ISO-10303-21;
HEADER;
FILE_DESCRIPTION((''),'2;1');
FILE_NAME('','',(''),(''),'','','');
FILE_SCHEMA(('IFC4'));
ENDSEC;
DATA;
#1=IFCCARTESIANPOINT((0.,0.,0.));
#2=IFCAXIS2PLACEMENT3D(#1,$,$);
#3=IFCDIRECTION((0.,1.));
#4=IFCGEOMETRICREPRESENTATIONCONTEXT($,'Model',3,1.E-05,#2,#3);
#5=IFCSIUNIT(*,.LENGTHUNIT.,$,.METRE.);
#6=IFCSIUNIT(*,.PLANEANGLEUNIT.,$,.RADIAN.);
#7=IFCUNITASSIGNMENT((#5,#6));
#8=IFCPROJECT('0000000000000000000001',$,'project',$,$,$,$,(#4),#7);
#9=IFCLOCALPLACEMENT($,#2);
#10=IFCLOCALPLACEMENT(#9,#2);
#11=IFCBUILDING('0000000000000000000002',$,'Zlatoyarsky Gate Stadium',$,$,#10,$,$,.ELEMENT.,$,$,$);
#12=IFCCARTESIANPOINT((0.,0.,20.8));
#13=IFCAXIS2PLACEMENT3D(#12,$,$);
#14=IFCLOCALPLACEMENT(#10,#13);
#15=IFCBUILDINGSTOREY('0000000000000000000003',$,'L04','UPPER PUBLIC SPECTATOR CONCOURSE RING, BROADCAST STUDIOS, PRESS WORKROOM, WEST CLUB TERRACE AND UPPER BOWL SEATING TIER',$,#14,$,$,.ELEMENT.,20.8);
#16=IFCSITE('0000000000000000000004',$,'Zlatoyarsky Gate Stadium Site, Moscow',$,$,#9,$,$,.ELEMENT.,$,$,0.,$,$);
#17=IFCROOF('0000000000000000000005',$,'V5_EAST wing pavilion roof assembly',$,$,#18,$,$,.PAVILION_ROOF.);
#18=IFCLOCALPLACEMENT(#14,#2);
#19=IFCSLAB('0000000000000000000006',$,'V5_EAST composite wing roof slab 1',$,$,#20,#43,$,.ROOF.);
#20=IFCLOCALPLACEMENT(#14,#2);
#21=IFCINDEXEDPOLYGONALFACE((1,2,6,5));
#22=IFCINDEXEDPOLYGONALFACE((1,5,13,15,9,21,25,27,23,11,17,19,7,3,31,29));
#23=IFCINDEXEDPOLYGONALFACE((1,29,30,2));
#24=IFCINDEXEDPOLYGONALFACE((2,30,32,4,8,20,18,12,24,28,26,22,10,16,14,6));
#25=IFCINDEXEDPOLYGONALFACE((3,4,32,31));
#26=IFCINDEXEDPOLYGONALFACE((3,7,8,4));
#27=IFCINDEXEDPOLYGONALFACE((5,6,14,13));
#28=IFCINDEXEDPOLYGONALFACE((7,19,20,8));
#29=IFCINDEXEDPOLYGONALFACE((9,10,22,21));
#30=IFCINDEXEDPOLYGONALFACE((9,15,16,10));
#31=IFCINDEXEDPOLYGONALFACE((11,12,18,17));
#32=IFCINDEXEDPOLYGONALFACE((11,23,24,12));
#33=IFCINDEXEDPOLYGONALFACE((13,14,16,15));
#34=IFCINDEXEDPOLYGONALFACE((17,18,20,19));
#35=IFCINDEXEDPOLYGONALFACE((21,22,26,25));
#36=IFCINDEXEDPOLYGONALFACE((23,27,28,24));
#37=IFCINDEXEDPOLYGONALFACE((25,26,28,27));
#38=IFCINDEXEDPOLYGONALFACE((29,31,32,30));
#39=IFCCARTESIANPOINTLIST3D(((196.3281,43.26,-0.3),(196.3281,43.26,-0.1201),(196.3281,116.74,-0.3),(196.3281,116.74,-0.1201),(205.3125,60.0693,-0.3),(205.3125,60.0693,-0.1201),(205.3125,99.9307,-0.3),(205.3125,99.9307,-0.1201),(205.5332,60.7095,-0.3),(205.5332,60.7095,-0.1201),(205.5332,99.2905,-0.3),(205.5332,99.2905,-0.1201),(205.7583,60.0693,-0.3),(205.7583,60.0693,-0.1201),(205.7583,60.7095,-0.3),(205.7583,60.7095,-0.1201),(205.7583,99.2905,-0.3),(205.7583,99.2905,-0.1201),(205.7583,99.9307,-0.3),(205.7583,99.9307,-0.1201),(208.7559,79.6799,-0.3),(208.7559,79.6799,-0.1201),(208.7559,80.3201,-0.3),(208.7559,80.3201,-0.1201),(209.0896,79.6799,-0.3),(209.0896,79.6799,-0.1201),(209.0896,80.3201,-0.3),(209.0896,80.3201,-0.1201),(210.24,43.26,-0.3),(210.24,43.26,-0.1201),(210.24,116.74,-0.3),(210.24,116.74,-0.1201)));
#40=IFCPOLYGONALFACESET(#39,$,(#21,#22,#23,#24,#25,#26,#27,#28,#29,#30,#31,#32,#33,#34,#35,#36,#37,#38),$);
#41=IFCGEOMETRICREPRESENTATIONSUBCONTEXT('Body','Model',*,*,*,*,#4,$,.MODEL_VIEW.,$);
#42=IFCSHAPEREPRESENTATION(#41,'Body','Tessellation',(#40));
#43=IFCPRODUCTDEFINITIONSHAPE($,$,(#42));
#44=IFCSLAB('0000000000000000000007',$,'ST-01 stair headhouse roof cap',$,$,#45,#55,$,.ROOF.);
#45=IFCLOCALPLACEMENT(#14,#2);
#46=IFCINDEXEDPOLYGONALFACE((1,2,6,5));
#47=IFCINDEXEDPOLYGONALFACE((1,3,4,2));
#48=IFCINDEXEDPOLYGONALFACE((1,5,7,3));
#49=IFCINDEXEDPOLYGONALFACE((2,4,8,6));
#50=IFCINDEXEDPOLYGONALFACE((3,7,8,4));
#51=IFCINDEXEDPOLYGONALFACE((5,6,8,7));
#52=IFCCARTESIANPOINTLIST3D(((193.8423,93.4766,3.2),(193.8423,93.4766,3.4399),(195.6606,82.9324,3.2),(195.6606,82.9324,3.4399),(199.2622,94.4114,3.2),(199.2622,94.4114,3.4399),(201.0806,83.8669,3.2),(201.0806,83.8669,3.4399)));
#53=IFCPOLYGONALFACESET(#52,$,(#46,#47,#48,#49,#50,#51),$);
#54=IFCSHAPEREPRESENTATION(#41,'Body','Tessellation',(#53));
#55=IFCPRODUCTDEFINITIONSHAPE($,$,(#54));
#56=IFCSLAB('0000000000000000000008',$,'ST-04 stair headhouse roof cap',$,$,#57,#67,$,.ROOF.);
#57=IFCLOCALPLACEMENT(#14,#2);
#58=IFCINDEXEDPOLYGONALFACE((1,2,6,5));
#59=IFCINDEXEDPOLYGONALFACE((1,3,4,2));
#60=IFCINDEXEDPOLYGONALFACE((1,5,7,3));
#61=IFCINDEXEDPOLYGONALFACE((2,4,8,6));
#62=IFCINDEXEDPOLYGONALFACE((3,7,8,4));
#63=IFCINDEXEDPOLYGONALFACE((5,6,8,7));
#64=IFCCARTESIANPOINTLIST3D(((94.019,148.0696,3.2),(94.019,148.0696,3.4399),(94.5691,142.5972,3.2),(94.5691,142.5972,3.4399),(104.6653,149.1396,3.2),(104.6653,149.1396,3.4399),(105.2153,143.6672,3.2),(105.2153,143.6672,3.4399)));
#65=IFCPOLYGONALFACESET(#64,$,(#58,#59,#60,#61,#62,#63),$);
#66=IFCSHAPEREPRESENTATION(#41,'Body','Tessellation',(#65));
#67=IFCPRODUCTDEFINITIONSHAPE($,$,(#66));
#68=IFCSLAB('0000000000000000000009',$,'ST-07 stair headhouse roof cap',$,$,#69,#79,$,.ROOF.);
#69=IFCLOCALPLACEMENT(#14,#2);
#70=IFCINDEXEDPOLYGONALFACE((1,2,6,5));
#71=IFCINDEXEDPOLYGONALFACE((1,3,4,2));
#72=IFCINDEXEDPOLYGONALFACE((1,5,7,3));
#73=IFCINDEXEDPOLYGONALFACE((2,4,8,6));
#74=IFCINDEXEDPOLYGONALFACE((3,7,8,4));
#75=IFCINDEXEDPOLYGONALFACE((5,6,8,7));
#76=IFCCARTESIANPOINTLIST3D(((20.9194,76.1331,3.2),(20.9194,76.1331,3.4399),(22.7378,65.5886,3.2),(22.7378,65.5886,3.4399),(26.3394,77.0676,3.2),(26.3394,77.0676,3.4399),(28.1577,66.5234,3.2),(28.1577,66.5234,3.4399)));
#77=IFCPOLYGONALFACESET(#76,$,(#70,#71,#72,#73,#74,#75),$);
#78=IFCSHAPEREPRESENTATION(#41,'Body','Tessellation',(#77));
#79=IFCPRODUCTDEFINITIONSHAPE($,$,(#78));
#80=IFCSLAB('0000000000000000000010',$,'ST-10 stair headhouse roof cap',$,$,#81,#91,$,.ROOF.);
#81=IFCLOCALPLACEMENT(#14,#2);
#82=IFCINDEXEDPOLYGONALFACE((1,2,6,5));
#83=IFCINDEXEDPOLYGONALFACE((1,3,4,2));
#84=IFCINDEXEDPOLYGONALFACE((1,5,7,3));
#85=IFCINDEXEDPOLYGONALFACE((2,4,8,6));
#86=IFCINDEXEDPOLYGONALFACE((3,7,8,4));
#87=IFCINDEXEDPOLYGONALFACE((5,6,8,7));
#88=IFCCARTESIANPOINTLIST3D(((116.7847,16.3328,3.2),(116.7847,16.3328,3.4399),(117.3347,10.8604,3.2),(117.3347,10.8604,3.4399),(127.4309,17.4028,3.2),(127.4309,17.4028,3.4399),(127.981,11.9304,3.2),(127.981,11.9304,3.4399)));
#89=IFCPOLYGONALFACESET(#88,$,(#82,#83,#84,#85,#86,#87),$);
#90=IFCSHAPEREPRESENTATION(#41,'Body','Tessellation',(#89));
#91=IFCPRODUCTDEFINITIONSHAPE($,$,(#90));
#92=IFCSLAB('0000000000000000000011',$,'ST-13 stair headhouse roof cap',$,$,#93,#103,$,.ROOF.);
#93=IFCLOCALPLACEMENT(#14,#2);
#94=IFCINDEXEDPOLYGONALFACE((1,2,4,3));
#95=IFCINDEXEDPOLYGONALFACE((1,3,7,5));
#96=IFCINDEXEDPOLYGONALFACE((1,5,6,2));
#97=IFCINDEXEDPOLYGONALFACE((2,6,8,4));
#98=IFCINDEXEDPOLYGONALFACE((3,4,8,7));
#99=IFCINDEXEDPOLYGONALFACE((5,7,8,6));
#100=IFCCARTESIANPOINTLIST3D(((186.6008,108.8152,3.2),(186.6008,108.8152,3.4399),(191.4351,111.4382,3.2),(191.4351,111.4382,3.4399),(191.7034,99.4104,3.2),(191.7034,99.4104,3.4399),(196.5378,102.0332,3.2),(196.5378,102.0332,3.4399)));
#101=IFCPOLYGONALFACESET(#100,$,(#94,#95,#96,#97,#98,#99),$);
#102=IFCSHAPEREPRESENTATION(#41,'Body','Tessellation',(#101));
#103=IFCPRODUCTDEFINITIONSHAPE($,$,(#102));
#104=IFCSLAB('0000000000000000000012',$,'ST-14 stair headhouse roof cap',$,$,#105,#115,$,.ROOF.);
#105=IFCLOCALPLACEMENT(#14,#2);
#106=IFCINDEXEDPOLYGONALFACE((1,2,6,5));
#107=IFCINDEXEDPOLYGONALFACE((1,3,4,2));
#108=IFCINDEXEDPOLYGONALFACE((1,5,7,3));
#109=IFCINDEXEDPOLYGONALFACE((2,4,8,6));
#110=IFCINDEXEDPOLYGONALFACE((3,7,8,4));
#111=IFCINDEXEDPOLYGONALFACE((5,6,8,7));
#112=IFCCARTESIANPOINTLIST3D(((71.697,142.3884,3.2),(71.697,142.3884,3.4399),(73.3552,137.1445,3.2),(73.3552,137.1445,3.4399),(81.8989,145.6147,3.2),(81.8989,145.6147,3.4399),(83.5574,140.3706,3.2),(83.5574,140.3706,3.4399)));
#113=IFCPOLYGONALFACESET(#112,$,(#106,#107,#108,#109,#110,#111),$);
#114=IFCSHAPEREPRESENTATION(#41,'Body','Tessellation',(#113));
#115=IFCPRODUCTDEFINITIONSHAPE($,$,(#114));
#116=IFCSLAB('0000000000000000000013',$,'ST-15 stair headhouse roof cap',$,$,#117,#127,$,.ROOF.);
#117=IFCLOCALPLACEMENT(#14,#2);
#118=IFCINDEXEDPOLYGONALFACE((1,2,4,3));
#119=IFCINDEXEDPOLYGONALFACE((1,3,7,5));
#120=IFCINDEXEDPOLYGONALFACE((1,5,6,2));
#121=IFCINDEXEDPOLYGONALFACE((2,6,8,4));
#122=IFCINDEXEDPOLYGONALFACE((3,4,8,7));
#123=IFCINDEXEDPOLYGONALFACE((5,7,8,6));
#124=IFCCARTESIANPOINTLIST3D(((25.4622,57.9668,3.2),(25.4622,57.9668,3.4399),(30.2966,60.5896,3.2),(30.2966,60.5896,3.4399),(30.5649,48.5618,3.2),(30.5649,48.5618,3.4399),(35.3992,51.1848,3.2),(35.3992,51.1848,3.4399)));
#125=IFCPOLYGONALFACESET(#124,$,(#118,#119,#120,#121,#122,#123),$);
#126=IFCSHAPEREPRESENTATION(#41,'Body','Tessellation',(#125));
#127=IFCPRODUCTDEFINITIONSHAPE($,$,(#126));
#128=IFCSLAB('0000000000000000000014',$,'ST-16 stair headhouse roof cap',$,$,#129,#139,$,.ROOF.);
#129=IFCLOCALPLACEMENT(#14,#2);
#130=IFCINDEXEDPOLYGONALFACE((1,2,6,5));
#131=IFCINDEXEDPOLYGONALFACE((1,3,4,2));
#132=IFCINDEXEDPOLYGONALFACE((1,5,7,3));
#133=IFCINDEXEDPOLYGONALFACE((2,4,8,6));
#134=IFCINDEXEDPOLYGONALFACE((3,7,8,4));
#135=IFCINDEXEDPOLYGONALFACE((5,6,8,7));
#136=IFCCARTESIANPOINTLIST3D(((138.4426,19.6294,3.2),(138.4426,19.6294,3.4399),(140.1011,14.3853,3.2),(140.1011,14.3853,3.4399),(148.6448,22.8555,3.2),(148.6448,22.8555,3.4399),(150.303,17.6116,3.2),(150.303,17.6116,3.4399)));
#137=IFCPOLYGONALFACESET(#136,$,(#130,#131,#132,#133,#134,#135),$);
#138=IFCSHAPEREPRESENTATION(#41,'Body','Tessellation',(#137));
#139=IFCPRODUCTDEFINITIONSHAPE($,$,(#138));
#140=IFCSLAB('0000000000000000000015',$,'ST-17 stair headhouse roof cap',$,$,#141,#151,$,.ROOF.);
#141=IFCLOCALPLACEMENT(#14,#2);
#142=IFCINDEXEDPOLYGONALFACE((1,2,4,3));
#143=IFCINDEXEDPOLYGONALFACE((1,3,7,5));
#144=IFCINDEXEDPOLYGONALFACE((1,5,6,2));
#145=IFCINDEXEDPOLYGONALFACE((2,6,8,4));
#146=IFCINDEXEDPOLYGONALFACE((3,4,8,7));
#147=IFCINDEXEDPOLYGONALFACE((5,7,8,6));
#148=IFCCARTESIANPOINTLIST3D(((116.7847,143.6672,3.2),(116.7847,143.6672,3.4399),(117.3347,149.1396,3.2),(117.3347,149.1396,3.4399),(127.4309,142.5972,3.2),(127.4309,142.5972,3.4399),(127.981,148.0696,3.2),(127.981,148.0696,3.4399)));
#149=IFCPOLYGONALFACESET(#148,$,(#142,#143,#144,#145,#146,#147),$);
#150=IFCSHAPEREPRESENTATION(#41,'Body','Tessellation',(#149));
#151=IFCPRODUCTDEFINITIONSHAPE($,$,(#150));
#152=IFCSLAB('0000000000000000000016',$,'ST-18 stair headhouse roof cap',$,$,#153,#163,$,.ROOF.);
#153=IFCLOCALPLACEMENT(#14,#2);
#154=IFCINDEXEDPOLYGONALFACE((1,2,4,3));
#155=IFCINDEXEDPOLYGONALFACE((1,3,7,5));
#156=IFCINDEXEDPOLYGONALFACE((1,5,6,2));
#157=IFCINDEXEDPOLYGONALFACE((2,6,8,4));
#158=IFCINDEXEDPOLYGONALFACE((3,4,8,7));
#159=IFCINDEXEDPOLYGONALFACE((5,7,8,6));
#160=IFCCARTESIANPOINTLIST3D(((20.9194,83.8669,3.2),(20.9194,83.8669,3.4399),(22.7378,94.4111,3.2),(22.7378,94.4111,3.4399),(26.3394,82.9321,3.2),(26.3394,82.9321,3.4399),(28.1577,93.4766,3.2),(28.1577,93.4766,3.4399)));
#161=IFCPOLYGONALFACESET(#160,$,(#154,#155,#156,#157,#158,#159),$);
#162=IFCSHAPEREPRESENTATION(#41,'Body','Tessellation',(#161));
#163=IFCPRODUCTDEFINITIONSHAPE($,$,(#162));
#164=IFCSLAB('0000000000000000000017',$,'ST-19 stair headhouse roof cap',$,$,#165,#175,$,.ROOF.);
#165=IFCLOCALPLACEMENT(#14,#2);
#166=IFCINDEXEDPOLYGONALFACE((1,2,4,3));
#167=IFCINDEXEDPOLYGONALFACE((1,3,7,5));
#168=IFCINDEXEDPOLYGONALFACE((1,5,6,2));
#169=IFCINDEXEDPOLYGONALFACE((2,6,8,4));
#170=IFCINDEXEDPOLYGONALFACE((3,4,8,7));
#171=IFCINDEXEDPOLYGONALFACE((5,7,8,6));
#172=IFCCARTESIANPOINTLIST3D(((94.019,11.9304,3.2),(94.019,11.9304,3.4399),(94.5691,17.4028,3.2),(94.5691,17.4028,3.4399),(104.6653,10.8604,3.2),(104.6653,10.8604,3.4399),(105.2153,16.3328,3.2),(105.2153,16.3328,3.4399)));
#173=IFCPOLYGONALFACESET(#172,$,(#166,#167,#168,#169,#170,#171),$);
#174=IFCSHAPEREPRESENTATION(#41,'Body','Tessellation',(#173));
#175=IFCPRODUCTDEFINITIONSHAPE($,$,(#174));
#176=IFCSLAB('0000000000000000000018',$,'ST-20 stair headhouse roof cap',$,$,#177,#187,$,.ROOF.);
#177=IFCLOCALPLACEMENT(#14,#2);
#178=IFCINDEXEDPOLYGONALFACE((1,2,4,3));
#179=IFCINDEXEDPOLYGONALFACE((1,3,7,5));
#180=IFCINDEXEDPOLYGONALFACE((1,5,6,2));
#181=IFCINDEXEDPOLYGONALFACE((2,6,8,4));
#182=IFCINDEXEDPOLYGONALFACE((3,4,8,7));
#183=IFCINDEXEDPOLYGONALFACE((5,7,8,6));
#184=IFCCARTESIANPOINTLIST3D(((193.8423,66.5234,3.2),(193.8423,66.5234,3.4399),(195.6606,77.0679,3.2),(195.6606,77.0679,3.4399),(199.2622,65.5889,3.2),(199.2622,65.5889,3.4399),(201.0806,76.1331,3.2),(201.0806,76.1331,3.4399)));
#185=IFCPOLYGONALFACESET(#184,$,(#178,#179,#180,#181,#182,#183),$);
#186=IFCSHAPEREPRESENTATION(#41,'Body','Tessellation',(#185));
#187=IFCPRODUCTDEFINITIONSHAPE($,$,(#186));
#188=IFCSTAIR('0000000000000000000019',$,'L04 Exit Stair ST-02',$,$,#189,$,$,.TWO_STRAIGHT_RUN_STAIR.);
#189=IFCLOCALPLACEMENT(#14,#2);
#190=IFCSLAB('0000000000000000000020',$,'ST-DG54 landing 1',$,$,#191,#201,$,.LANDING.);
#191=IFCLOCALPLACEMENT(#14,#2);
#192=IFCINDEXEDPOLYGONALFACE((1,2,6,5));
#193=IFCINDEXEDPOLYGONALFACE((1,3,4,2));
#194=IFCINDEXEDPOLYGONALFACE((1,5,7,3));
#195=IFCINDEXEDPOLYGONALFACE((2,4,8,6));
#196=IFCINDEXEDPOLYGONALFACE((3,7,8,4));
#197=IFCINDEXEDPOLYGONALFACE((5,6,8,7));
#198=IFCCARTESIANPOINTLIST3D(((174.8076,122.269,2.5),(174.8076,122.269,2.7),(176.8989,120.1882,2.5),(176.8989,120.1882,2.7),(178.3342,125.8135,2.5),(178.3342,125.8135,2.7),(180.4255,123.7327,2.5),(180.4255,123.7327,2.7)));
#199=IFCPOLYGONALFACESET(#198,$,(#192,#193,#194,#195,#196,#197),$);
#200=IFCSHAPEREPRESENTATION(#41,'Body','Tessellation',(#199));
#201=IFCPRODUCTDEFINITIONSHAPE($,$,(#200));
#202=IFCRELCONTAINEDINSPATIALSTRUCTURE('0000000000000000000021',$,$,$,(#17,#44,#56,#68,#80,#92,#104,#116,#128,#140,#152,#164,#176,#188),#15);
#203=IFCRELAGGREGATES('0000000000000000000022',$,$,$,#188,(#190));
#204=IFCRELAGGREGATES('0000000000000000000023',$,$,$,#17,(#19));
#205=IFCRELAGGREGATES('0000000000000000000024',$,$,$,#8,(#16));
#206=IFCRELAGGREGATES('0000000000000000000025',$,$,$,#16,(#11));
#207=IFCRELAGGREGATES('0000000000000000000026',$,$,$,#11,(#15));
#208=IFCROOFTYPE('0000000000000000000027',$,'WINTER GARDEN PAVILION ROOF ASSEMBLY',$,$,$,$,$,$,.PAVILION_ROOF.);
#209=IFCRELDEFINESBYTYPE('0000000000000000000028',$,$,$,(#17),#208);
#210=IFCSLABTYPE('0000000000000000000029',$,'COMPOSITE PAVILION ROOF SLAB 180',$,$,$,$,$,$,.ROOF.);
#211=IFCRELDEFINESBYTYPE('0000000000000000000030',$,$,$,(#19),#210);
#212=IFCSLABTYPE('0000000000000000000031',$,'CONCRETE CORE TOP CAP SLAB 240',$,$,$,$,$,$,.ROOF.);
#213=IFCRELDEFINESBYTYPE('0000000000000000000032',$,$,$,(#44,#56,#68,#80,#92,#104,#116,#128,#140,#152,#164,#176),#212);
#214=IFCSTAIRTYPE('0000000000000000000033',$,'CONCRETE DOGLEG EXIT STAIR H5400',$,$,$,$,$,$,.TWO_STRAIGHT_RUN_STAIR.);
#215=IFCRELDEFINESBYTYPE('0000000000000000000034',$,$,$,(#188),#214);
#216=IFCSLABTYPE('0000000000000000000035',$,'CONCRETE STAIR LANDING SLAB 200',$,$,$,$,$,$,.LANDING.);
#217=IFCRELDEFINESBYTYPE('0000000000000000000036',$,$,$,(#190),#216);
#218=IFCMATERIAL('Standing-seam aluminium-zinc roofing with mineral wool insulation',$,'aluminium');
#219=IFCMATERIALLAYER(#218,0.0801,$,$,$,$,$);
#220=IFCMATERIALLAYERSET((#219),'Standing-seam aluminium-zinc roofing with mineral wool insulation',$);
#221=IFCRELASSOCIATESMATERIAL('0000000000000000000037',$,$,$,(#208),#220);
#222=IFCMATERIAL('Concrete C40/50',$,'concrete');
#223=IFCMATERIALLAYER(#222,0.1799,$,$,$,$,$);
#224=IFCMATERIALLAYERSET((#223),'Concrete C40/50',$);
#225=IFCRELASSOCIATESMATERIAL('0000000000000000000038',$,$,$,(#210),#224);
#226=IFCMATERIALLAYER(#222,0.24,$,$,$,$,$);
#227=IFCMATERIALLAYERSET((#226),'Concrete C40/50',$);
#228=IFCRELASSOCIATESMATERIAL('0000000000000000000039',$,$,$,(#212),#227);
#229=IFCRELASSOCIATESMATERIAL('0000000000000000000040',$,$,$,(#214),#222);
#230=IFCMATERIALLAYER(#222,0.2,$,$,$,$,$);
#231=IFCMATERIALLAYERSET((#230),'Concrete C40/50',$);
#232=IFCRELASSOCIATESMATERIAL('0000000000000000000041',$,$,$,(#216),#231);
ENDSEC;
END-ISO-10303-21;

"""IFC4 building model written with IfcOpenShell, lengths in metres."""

from ifc_helpers import new_model, si_unit, direction, frame, origin, place, context, subcontext, project, spatial, polyline, outline, extrude, material, layer, layer_set, type_object, element, aggregate, save


model = new_model("IFC4")

# Units and contexts
model_context = context("Model", 3, precision=1e-05, world=origin(), true_north=direction((0.0, 1.0)))
body_context = subcontext(model_context, "Body", "Model", "MODEL_VIEW")
ifc_project = project(units=[si_unit("LENGTHUNIT", "METRE"), si_unit("PLANEANGLEUNIT", "RADIAN")], contexts=[model_context])

# Site, building, storey
site_placement = place(None, origin())
site = spatial("IfcSite", under=ifc_project, at=site_placement, Name="Zlatoyarsky Gate Stadium Site, Moscow", CompositionType="ELEMENT", RefElevation=0.0)
building_placement = place(site_placement, origin())
building = spatial("IfcBuilding", under=site, at=building_placement, Name="Zlatoyarsky Gate Stadium", CompositionType="ELEMENT")
storey_placement = place(building_placement, frame((0.0, 0.0, 20.8)))
storey = spatial("IfcBuildingStorey", under=building, at=storey_placement, Name="L04", Description="UPPER PUBLIC SPECTATOR CONCOURSE RING, BROADCAST STUDIOS, PRESS WORKROOM, WEST CLUB TERRACE AND UPPER BOWL SEATING TIER", CompositionType="ELEMENT", Elevation=20.8)

# Roof, slab
ifc_material_1 = material(Name="Standing-seam aluminium-zinc roofing with mineral wool insulation", Category="aluminium")
ifc_layer_1 = layer(ifc_material_1, 0.0801)
ifc_layer_set_1 = layer_set([ifc_layer_1], Name="Standing-seam aluminium-zinc roofing with mineral wool insulation")
roof_type = type_object("IfcRoofType", Name="WINTER GARDEN PAVILION ROOF ASSEMBLY", PredefinedType="PAVILION_ROOF", material=ifc_layer_set_1)
roof_placement = place(storey_placement, origin())
roof = element("IfcRoof", 1, at=roof_placement, inside=storey, type_object=roof_type, Name="V5_EAST wing pavilion roof assembly", PredefinedType="PAVILION_ROOF")
ifc_material_2 = material(Name="Concrete C40/50", Category="concrete")
ifc_layer_2 = layer(ifc_material_2, 0.1799)
ifc_layer_set_2 = layer_set([ifc_layer_2], Name="Concrete C40/50")
slab_type_1 = type_object("IfcSlabType", Name="COMPOSITE PAVILION ROOF SLAB 180", PredefinedType="ROOF", material=ifc_layer_set_2)
slab_1_placement = place(storey_placement, frame((0.0, 0.0, -0.3)))
slab_1 = element("IfcSlab", 2, at=slab_1_placement, type_object=slab_type_1, Name="V5_EAST composite wing roof slab 1", PredefinedType="ROOF", context=body_context, shape_type="SweptSolid", body=[
    extrude(outline(polyline([(210.24, 116.74), (210.24, 43.26), (196.3281, 43.26), (205.3125, 60.0693), (205.7583, 60.0693), (205.7583, 60.7095), (205.5332, 60.7095), (208.7559, 79.6799), (209.0896, 79.6799), (209.0896, 80.3201), (208.7559, 80.3201), (205.5332, 99.2905), (205.7583, 99.2905), (205.7583, 99.9307), (205.3125, 99.9307), (196.3281, 116.74), (210.24, 116.74)])), origin(), (0.0, 0.0, 1.0), 0.1799),
])

# Slabs
ifc_layer_3 = layer(ifc_material_2, 0.24)
ifc_layer_set_3 = layer_set([ifc_layer_3], Name="Concrete C40/50")
slab_type_2 = type_object("IfcSlabType", Name="CONCRETE CORE TOP CAP SLAB 240", PredefinedType="ROOF", material=ifc_layer_set_3)
slab_2_placement = place(storey_placement, frame((0.0, 0.0, 3.2)))
element("IfcSlab", 3, at=slab_2_placement, inside=storey, type_object=slab_type_2, Name="ST-01 stair headhouse roof cap", PredefinedType="ROOF", context=body_context, shape_type="SweptSolid", body=[
    extrude(outline(polyline([(201.0806, 83.8669), (199.2622, 94.4114), (193.8423, 93.4766), (195.6606, 82.9324), (201.0806, 83.8669)])), origin(), (0.0, 0.0, 1.0), 0.24),
])
slab_3_placement = place(storey_placement, frame((0.0, 0.0, 3.2)))
element("IfcSlab", 4, at=slab_3_placement, inside=storey, type_object=slab_type_2, Name="ST-04 stair headhouse roof cap", PredefinedType="ROOF", context=body_context, shape_type="SweptSolid", body=[
    extrude(outline(polyline([(104.6653, 149.1396), (94.019, 148.0696), (94.5691, 142.5972), (105.2153, 143.6672), (104.6653, 149.1396)])), origin(), (0.0, 0.0, 1.0), 0.24),
])
slab_4_placement = place(storey_placement, frame((0.0, 0.0, 3.2)))
element("IfcSlab", 5, at=slab_4_placement, inside=storey, type_object=slab_type_2, Name="ST-07 stair headhouse roof cap", PredefinedType="ROOF", context=body_context, shape_type="SweptSolid", body=[
    extrude(outline(polyline([(20.9194, 76.1331), (22.7378, 65.5886), (28.1577, 66.5234), (26.3394, 77.0676), (20.9194, 76.1331)])), origin(), (0.0, 0.0, 1.0), 0.24),
])
slab_5_placement = place(storey_placement, frame((0.0, 0.0, 3.2)))
element("IfcSlab", 6, at=slab_5_placement, inside=storey, type_object=slab_type_2, Name="ST-10 stair headhouse roof cap", PredefinedType="ROOF", context=body_context, shape_type="SweptSolid", body=[
    extrude(outline(polyline([(117.3347, 10.8604), (127.981, 11.9304), (127.4309, 17.4028), (116.7847, 16.3328), (117.3347, 10.8604)])), origin(), (0.0, 0.0, 1.0), 0.24),
])
slab_6_placement = place(storey_placement, frame((0.0, 0.0, 3.2)))
element("IfcSlab", 7, at=slab_6_placement, inside=storey, type_object=slab_type_2, Name="ST-13 stair headhouse roof cap", PredefinedType="ROOF", context=body_context, shape_type="SweptSolid", body=[
    extrude(outline(polyline([(196.5378, 102.0332), (191.4351, 111.4382), (186.6008, 108.8152), (191.7034, 99.4104), (196.5378, 102.0332)])), origin(), (0.0, 0.0, 1.0), 0.24),
])
slab_7_placement = place(storey_placement, frame((0.0, 0.0, 3.2)))
element("IfcSlab", 8, at=slab_7_placement, inside=storey, type_object=slab_type_2, Name="ST-14 stair headhouse roof cap", PredefinedType="ROOF", context=body_context, shape_type="SweptSolid", body=[
    extrude(outline(polyline([(81.8989, 145.6147), (71.697, 142.3884), (73.3552, 137.1445), (83.5574, 140.3706), (81.8989, 145.6147)])), origin(), (0.0, 0.0, 1.0), 0.24),
])
slab_8_placement = place(storey_placement, frame((0.0, 0.0, 3.2)))
element("IfcSlab", 9, at=slab_8_placement, inside=storey, type_object=slab_type_2, Name="ST-15 stair headhouse roof cap", PredefinedType="ROOF", context=body_context, shape_type="SweptSolid", body=[
    extrude(outline(polyline([(25.4622, 57.9668), (30.5649, 48.5618), (35.3992, 51.1848), (30.2966, 60.5896), (25.4622, 57.9668)])), origin(), (0.0, 0.0, 1.0), 0.24),
])
slab_9_placement = place(storey_placement, frame((0.0, 0.0, 3.2)))
element("IfcSlab", 10, at=slab_9_placement, inside=storey, type_object=slab_type_2, Name="ST-16 stair headhouse roof cap", PredefinedType="ROOF", context=body_context, shape_type="SweptSolid", body=[
    extrude(outline(polyline([(140.1011, 14.3853), (150.303, 17.6116), (148.6448, 22.8555), (138.4426, 19.6294), (140.1011, 14.3853)])), origin(), (0.0, 0.0, 1.0), 0.24),
])
slab_10_placement = place(storey_placement, frame((0.0, 0.0, 3.2)))
element("IfcSlab", 11, at=slab_10_placement, inside=storey, type_object=slab_type_2, Name="ST-17 stair headhouse roof cap", PredefinedType="ROOF", context=body_context, shape_type="SweptSolid", body=[
    extrude(outline(polyline([(127.981, 148.0696), (117.3347, 149.1396), (116.7847, 143.6672), (127.4309, 142.5972), (127.981, 148.0696)])), origin(), (0.0, 0.0, 1.0), 0.24),
])
slab_11_placement = place(storey_placement, frame((0.0, 0.0, 3.2)))
element("IfcSlab", 12, at=slab_11_placement, inside=storey, type_object=slab_type_2, Name="ST-18 stair headhouse roof cap", PredefinedType="ROOF", context=body_context, shape_type="SweptSolid", body=[
    extrude(outline(polyline([(22.7378, 94.4111), (20.9194, 83.8669), (26.3394, 82.9321), (28.1577, 93.4766), (22.7378, 94.4111)])), origin(), (0.0, 0.0, 1.0), 0.24),
])
slab_12_placement = place(storey_placement, frame((0.0, 0.0, 3.2)))
element("IfcSlab", 13, at=slab_12_placement, inside=storey, type_object=slab_type_2, Name="ST-19 stair headhouse roof cap", PredefinedType="ROOF", context=body_context, shape_type="SweptSolid", body=[
    extrude(outline(polyline([(94.019, 11.9304), (104.6653, 10.8604), (105.2153, 16.3328), (94.5691, 17.4028), (94.019, 11.9304)])), origin(), (0.0, 0.0, 1.0), 0.24),
])
slab_13_placement = place(storey_placement, frame((0.0, 0.0, 3.2)))
element("IfcSlab", 14, at=slab_13_placement, inside=storey, type_object=slab_type_2, Name="ST-20 stair headhouse roof cap", PredefinedType="ROOF", context=body_context, shape_type="SweptSolid", body=[
    extrude(outline(polyline([(199.2622, 65.5889), (201.0806, 76.1331), (195.6606, 77.0679), (193.8423, 66.5234), (199.2622, 65.5889)])), origin(), (0.0, 0.0, 1.0), 0.24),
])

# Stair, slab
stair_type = type_object("IfcStairType", Name="CONCRETE DOGLEG EXIT STAIR H5400", PredefinedType="TWO_STRAIGHT_RUN_STAIR", material=ifc_material_2)
stair_1_placement = place(storey_placement, origin())
stair_1 = element("IfcStair", 15, at=stair_1_placement, inside=storey, type_object=stair_type, Name="L04 Exit Stair ST-02", PredefinedType="TWO_STRAIGHT_RUN_STAIR")
ifc_layer_4 = layer(ifc_material_2, 0.2)
ifc_layer_set_4 = layer_set([ifc_layer_4], Name="Concrete C40/50")
slab_type_3 = type_object("IfcSlabType", Name="CONCRETE STAIR LANDING SLAB 200", PredefinedType="LANDING", material=ifc_layer_set_4)
slab_14_placement = place(storey_placement, frame((0.0, 0.0, 2.5)))
slab_14 = element("IfcSlab", 16, at=slab_14_placement, type_object=slab_type_3, Name="ST-DG54 landing 1", PredefinedType="LANDING", context=body_context, shape_type="SweptSolid", body=[
    extrude(outline(polyline([(180.4255, 123.7327), (178.3342, 125.8135), (174.8076, 122.269), (176.8989, 120.1882), (180.4255, 123.7327)])), origin(), (0.0, 0.0, 1.0), 0.2),
])
aggregate(stair_1, [slab_14])

aggregate(roof, [slab_1])

save(model, "model.ifc")
